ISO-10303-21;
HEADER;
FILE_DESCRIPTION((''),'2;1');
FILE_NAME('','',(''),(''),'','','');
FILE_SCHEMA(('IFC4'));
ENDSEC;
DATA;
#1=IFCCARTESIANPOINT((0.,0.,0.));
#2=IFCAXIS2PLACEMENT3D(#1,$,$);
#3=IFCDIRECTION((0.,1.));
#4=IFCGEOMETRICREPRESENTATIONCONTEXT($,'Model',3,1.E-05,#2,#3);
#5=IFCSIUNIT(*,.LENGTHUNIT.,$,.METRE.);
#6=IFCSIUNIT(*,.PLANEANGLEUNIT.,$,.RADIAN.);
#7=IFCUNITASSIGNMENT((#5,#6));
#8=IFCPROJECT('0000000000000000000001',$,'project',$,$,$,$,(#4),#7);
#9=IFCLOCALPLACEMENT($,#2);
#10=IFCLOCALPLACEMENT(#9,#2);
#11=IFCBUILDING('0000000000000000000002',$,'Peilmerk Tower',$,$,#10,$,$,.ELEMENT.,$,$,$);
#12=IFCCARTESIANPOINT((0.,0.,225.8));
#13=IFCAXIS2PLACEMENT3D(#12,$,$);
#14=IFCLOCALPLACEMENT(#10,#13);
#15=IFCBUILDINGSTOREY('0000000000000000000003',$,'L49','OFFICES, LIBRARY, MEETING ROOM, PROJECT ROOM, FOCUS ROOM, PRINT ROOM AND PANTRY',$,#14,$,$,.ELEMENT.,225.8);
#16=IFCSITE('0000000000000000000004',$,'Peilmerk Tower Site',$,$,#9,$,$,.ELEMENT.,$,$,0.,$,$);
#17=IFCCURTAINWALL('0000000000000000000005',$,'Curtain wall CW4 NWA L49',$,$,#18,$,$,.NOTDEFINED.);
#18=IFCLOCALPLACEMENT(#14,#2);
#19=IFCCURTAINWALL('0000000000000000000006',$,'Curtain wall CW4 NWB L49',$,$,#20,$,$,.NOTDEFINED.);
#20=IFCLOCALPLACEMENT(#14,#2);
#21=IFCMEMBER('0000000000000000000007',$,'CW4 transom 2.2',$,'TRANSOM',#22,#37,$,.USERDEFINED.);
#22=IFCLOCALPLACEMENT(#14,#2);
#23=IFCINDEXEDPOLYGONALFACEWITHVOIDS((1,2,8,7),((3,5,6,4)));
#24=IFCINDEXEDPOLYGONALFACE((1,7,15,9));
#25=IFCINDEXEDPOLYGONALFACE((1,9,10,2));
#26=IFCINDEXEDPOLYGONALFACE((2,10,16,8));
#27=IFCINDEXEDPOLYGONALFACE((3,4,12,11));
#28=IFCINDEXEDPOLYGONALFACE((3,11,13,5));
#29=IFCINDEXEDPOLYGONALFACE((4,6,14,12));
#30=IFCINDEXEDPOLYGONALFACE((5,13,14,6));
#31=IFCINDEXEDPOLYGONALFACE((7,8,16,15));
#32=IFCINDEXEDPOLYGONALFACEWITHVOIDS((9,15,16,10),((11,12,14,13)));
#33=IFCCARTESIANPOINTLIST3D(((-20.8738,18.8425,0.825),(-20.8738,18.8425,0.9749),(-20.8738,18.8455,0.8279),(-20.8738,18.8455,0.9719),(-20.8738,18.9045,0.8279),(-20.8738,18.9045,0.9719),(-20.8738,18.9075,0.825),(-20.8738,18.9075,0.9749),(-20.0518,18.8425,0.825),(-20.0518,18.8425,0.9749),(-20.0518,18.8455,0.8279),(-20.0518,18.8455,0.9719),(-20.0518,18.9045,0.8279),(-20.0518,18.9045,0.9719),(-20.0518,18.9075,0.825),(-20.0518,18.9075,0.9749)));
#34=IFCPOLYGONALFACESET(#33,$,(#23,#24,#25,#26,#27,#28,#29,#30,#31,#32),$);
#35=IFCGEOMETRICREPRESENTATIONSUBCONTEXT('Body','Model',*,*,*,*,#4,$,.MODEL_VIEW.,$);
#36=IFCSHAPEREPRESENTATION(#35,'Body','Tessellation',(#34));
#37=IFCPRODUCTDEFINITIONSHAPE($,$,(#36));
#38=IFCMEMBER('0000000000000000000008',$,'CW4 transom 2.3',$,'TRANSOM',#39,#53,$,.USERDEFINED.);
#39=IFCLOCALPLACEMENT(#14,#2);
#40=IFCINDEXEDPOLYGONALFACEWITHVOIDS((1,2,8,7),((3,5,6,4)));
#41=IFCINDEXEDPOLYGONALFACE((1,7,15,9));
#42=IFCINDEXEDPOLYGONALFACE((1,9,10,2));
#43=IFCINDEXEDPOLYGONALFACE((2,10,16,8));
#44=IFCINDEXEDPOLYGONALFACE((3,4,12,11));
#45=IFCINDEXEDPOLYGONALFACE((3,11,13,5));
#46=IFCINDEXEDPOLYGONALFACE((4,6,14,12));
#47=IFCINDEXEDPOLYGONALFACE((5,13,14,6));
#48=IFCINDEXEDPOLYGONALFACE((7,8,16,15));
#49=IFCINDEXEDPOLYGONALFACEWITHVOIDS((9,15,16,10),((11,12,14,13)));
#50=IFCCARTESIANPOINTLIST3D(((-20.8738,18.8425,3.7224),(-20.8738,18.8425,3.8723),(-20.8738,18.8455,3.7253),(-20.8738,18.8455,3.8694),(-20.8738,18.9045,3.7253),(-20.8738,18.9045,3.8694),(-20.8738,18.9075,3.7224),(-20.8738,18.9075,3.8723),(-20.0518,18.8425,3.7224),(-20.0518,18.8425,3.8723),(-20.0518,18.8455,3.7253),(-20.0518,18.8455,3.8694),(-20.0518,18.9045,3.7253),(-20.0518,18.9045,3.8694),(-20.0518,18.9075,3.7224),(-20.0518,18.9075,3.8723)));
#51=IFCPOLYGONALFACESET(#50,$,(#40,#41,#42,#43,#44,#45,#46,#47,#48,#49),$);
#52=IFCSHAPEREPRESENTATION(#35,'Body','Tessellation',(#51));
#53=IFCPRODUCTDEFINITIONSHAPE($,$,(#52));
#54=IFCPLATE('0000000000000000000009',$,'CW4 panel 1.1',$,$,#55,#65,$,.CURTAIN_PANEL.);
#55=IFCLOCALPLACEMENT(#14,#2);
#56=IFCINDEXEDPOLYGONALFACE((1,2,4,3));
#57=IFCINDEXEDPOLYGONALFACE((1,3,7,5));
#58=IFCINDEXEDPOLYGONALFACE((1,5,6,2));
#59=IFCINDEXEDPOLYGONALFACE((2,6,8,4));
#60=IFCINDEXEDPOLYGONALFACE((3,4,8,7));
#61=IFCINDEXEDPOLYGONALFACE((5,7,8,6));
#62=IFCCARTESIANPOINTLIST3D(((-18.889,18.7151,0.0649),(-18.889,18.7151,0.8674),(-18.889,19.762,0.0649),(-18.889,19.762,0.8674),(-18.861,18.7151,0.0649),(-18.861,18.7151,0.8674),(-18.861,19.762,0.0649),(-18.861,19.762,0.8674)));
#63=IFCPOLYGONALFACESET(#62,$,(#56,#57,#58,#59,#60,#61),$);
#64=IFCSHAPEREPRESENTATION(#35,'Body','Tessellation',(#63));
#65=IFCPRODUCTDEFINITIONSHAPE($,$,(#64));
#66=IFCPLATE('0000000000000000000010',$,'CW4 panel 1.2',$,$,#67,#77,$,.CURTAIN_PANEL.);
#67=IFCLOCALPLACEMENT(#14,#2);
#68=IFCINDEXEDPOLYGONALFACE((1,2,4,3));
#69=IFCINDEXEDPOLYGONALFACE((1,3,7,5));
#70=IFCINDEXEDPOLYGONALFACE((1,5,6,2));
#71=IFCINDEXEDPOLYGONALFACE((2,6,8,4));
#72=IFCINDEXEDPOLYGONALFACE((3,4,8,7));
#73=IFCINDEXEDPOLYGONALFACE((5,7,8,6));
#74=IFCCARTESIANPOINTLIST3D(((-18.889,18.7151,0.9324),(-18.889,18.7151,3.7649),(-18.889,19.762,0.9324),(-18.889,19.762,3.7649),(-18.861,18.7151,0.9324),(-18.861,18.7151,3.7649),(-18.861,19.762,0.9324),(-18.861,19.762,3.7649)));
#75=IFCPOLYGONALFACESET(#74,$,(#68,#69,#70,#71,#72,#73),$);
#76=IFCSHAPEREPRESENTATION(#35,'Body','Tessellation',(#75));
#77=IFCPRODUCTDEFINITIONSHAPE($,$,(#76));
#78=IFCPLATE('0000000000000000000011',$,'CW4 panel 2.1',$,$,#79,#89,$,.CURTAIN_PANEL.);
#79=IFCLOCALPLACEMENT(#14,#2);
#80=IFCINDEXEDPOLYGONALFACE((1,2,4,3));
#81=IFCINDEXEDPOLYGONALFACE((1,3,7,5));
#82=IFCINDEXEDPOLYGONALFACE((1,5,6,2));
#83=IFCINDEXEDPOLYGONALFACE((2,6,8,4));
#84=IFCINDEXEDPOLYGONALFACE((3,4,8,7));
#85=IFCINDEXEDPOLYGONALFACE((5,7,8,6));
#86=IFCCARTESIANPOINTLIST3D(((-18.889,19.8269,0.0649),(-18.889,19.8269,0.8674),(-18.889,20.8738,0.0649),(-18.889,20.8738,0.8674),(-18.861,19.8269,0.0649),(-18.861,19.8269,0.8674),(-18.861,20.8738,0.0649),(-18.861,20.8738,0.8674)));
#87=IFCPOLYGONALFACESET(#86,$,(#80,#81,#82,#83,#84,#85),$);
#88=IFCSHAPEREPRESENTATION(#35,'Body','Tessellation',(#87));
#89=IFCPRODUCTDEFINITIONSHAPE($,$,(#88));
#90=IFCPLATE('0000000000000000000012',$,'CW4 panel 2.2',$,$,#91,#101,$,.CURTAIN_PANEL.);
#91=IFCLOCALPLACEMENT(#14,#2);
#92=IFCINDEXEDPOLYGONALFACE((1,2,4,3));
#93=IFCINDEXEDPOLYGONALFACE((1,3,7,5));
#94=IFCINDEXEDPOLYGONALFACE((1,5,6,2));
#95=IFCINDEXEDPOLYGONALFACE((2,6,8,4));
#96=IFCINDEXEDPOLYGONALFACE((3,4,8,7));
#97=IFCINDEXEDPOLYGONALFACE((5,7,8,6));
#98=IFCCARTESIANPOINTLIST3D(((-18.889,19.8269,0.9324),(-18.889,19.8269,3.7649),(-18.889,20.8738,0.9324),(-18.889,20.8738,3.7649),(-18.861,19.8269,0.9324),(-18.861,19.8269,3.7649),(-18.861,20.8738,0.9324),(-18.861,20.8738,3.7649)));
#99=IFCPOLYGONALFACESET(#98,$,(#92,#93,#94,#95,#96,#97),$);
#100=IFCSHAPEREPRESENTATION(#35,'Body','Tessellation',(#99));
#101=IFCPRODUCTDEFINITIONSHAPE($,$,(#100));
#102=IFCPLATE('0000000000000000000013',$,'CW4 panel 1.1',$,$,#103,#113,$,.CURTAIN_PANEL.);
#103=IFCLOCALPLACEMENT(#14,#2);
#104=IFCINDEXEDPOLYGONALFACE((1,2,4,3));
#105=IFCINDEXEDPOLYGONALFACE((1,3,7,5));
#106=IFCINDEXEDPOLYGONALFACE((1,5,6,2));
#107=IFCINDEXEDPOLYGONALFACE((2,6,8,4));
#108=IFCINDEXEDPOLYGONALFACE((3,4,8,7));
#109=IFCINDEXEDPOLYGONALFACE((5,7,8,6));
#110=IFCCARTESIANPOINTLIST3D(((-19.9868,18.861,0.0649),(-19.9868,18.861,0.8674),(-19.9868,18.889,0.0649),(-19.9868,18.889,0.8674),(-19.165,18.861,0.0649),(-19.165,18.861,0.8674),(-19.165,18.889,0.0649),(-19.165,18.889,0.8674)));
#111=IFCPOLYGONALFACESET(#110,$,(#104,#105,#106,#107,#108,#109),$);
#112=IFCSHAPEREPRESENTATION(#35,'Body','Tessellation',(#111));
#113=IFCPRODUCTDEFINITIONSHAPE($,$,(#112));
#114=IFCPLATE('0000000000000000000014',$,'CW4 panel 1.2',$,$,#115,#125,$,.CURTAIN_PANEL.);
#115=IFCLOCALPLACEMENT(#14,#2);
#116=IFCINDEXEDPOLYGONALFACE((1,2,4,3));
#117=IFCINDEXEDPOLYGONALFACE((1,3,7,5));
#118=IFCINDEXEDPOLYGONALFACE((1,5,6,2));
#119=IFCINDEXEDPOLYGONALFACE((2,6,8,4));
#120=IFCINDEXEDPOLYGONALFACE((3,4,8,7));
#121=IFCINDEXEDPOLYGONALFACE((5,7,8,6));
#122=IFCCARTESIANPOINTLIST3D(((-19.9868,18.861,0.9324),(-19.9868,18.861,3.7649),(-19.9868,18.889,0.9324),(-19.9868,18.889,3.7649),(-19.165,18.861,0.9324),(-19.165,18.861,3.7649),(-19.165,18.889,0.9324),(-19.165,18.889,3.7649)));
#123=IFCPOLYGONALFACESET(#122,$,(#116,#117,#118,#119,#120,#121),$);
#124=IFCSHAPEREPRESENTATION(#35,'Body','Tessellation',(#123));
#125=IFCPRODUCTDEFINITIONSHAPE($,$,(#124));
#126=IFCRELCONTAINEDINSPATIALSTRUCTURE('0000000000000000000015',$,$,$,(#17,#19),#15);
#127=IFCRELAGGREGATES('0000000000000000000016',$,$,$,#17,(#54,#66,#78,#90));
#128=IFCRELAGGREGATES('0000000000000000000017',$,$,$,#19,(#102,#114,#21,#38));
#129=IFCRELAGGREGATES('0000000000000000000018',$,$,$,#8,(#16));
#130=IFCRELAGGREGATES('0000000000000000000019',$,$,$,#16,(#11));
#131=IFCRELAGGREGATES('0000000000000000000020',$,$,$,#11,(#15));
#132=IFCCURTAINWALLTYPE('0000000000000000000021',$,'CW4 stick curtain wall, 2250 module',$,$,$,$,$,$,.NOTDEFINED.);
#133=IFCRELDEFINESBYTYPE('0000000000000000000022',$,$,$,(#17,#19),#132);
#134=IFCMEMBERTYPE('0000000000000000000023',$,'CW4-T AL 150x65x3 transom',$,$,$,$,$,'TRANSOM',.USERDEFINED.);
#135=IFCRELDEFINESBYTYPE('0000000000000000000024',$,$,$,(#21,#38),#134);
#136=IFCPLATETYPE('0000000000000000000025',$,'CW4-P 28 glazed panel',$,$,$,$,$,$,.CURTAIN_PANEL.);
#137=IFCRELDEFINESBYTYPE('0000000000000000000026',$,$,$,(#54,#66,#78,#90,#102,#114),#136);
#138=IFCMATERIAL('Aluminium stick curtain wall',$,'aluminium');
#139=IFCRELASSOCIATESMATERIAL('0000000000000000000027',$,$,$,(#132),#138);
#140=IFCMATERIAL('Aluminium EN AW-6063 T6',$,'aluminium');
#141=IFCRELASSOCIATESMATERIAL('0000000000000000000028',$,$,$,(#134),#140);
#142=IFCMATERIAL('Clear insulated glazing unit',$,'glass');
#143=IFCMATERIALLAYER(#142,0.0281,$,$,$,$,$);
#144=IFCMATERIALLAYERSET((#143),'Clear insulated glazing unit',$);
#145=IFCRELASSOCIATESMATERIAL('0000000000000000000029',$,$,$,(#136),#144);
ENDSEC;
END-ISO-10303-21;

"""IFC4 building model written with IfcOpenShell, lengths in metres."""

from ifc_helpers import new_model, si_unit, direction, frame, origin, origin_2d, place, context, subcontext, project, spatial, rectangle, hollow_rectangle, extrude, material, layer, layer_set, material_profile, profile_set, type_object, element, aggregate, save


model = new_model("IFC4")

# Units and contexts
model_context = context("Model", 3, precision=1e-05, world=origin(), true_north=direction((0.0, 1.0)))
body_context = subcontext(model_context, "Body", "Model", "MODEL_VIEW")
ifc_project = project(units=[si_unit("LENGTHUNIT", "METRE"), si_unit("PLANEANGLEUNIT", "RADIAN")], contexts=[model_context])

# Site, building, storey
site_placement = place(None, origin())
site = spatial("IfcSite", under=ifc_project, at=site_placement, Name="Peilmerk Tower Site", CompositionType="ELEMENT", RefElevation=0.0)
building_placement = place(site_placement, origin())
building = spatial("IfcBuilding", under=site, at=building_placement, Name="Peilmerk Tower", CompositionType="ELEMENT")
storey_placement = place(building_placement, frame((0.0, 0.0, 225.8)))
storey = spatial("IfcBuildingStorey", under=building, at=storey_placement, Name="L49", Description="OFFICES, LIBRARY, MEETING ROOM, PROJECT ROOM, FOCUS ROOM, PRINT ROOM AND PANTRY", CompositionType="ELEMENT", Elevation=225.8)

# Curtain walls
ifc_material_1 = material(Name="Aluminium stick curtain wall", Category="aluminium")
curtain_wall_type = type_object("IfcCurtainWallType", Name="CW4 stick curtain wall, 2250 module", PredefinedType="NOTDEFINED", material=ifc_material_1)
curtain_wall_1_placement = place(storey_placement, origin())
curtain_wall_1 = element("IfcCurtainWall", 1, at=curtain_wall_1_placement, inside=storey, type_object=curtain_wall_type, Name="Curtain wall CW4 NWA L49", PredefinedType="NOTDEFINED")
ifc_material_2 = material(Name="Aluminium EN AW-6063 T6", Category="aluminium")
curtain_wall_2_placement = place(storey_placement, origin())
curtain_wall_2 = element("IfcCurtainWall", 2, at=curtain_wall_2_placement, inside=storey, type_object=curtain_wall_type, Name="Curtain wall CW4 NWB L49", PredefinedType="NOTDEFINED")

# Members
ifc_material_profile_1 = material_profile(ifc_material_2, hollow_rectangle(XDim=0.0649, YDim=0.1499, WallThickness=0.0029, at=origin_2d()), Name="AL 150x65x3")
ifc_profile_set_1 = profile_set([ifc_material_profile_1], Name="Aluminium EN AW-6063 T6")
member_type_1 = type_object("IfcMemberType", Name="CW4-T AL 150x65x3 transom", ElementType="TRANSOM", PredefinedType="USERDEFINED", material=ifc_profile_set_1)
member_1_placement = place(storey_placement, frame((-20.0518, 18.875, 0.8999), z_axis=(-1.0, 0.0, 0.0), x_axis=(0.0, -1.0, 0.0)))
member_1 = element("IfcMember", 3, at=member_1_placement, type_object=member_type_1, Name="CW4 transom 2.2", ObjectType="TRANSOM", PredefinedType="USERDEFINED", context=body_context, shape_type="SweptSolid", body=[
    extrude(hollow_rectangle(XDim=0.0649, YDim=0.1499, WallThickness=0.0029, at=origin_2d()), origin(), (0.0, 0.0, 1.0), 0.822),
])
member_2_placement = place(storey_placement, frame((-20.0518, 18.875, 3.7974), z_axis=(-1.0, 0.0, 0.0), x_axis=(0.0, -1.0, 0.0)))
member_2 = element("IfcMember", 4, at=member_2_placement, type_object=member_type_1, Name="CW4 transom 2.3", ObjectType="TRANSOM", PredefinedType="USERDEFINED", context=body_context, shape_type="SweptSolid", body=[
    extrude(hollow_rectangle(XDim=0.0649, YDim=0.1499, WallThickness=0.0029, at=origin_2d()), origin(), (0.0, 0.0, 1.0), 0.822),
])

# Plates
ifc_material_3 = material(Name="Clear insulated glazing unit", Category="glass")
ifc_layer_1 = layer(ifc_material_3, 0.0281)
ifc_layer_set_1 = layer_set([ifc_layer_1], Name="Clear insulated glazing unit")
plate_type = type_object("IfcPlateType", Name="CW4-P 28 glazed panel", PredefinedType="CURTAIN_PANEL", material=ifc_layer_set_1)
plate_1_placement = place(storey_placement, frame((-18.875, 19.2385, 0.0649), z_axis=(0.0, 0.0, 1.0), x_axis=(0.0, 1.0, 0.0)))
plate_1 = element("IfcPlate", 5, at=plate_1_placement, type_object=plate_type, Name="CW4 panel 1.1", PredefinedType="CURTAIN_PANEL", context=body_context, shape_type="SweptSolid", body=[
    extrude(rectangle(XDim=1.0469, YDim=0.0281, at=origin_2d()), origin(), (0.0, 0.0, 1.0), 0.8025),
])
plate_2_placement = place(storey_placement, frame((-18.875, 19.2385, 0.9324), z_axis=(0.0, 0.0, 1.0), x_axis=(0.0, 1.0, 0.0)))
plate_2 = element("IfcPlate", 6, at=plate_2_placement, type_object=plate_type, Name="CW4 panel 1.2", PredefinedType="CURTAIN_PANEL", context=body_context, shape_type="SweptSolid", body=[
    extrude(rectangle(XDim=1.0469, YDim=0.0281, at=origin_2d()), origin(), (0.0, 0.0, 1.0), 2.8325),
])
plate_3_placement = place(storey_placement, frame((-18.875, 20.3503, 0.0649), z_axis=(0.0, 0.0, 1.0), x_axis=(0.0, 1.0, 0.0)))
plate_3 = element("IfcPlate", 7, at=plate_3_placement, type_object=plate_type, Name="CW4 panel 2.1", PredefinedType="CURTAIN_PANEL", context=body_context, shape_type="SweptSolid", body=[
    extrude(rectangle(XDim=1.0469, YDim=0.0281, at=origin_2d()), origin(), (0.0, 0.0, 1.0), 0.8025),
])
plate_4_placement = place(storey_placement, frame((-18.875, 20.3503, 0.9324), z_axis=(0.0, 0.0, 1.0), x_axis=(0.0, 1.0, 0.0)))
plate_4 = element("IfcPlate", 8, at=plate_4_placement, type_object=plate_type, Name="CW4 panel 2.2", PredefinedType="CURTAIN_PANEL", context=body_context, shape_type="SweptSolid", body=[
    extrude(rectangle(XDim=1.0469, YDim=0.0281, at=origin_2d()), origin(), (0.0, 0.0, 1.0), 2.8325),
])
aggregate(curtain_wall_1, [plate_1, plate_2, plate_3, plate_4])
plate_5_placement = place(storey_placement, frame((-19.5759, 18.875, 0.0649), z_axis=(0.0, 0.0, 1.0), x_axis=(-1.0, 0.0, 0.0)))
plate_5 = element("IfcPlate", 9, at=plate_5_placement, type_object=plate_type, Name="CW4 panel 1.1", PredefinedType="CURTAIN_PANEL", context=body_context, shape_type="SweptSolid", body=[
    extrude(rectangle(XDim=0.8218, YDim=0.0281, at=origin_2d()), origin(), (0.0, 0.0, 1.0), 0.8025),
])
plate_6_placement = place(storey_placement, frame((-19.5759, 18.875, 0.9324), z_axis=(0.0, 0.0, 1.0), x_axis=(-1.0, 0.0, 0.0)))
plate_6 = element("IfcPlate", 10, at=plate_6_placement, type_object=plate_type, Name="CW4 panel 1.2", PredefinedType="CURTAIN_PANEL", context=body_context, shape_type="SweptSolid", body=[
    extrude(rectangle(XDim=0.8218, YDim=0.0281, at=origin_2d()), origin(), (0.0, 0.0, 1.0), 2.8325),
])
aggregate(curtain_wall_2, [plate_5, plate_6, member_1, member_2])

save(model, "model.ifc")
